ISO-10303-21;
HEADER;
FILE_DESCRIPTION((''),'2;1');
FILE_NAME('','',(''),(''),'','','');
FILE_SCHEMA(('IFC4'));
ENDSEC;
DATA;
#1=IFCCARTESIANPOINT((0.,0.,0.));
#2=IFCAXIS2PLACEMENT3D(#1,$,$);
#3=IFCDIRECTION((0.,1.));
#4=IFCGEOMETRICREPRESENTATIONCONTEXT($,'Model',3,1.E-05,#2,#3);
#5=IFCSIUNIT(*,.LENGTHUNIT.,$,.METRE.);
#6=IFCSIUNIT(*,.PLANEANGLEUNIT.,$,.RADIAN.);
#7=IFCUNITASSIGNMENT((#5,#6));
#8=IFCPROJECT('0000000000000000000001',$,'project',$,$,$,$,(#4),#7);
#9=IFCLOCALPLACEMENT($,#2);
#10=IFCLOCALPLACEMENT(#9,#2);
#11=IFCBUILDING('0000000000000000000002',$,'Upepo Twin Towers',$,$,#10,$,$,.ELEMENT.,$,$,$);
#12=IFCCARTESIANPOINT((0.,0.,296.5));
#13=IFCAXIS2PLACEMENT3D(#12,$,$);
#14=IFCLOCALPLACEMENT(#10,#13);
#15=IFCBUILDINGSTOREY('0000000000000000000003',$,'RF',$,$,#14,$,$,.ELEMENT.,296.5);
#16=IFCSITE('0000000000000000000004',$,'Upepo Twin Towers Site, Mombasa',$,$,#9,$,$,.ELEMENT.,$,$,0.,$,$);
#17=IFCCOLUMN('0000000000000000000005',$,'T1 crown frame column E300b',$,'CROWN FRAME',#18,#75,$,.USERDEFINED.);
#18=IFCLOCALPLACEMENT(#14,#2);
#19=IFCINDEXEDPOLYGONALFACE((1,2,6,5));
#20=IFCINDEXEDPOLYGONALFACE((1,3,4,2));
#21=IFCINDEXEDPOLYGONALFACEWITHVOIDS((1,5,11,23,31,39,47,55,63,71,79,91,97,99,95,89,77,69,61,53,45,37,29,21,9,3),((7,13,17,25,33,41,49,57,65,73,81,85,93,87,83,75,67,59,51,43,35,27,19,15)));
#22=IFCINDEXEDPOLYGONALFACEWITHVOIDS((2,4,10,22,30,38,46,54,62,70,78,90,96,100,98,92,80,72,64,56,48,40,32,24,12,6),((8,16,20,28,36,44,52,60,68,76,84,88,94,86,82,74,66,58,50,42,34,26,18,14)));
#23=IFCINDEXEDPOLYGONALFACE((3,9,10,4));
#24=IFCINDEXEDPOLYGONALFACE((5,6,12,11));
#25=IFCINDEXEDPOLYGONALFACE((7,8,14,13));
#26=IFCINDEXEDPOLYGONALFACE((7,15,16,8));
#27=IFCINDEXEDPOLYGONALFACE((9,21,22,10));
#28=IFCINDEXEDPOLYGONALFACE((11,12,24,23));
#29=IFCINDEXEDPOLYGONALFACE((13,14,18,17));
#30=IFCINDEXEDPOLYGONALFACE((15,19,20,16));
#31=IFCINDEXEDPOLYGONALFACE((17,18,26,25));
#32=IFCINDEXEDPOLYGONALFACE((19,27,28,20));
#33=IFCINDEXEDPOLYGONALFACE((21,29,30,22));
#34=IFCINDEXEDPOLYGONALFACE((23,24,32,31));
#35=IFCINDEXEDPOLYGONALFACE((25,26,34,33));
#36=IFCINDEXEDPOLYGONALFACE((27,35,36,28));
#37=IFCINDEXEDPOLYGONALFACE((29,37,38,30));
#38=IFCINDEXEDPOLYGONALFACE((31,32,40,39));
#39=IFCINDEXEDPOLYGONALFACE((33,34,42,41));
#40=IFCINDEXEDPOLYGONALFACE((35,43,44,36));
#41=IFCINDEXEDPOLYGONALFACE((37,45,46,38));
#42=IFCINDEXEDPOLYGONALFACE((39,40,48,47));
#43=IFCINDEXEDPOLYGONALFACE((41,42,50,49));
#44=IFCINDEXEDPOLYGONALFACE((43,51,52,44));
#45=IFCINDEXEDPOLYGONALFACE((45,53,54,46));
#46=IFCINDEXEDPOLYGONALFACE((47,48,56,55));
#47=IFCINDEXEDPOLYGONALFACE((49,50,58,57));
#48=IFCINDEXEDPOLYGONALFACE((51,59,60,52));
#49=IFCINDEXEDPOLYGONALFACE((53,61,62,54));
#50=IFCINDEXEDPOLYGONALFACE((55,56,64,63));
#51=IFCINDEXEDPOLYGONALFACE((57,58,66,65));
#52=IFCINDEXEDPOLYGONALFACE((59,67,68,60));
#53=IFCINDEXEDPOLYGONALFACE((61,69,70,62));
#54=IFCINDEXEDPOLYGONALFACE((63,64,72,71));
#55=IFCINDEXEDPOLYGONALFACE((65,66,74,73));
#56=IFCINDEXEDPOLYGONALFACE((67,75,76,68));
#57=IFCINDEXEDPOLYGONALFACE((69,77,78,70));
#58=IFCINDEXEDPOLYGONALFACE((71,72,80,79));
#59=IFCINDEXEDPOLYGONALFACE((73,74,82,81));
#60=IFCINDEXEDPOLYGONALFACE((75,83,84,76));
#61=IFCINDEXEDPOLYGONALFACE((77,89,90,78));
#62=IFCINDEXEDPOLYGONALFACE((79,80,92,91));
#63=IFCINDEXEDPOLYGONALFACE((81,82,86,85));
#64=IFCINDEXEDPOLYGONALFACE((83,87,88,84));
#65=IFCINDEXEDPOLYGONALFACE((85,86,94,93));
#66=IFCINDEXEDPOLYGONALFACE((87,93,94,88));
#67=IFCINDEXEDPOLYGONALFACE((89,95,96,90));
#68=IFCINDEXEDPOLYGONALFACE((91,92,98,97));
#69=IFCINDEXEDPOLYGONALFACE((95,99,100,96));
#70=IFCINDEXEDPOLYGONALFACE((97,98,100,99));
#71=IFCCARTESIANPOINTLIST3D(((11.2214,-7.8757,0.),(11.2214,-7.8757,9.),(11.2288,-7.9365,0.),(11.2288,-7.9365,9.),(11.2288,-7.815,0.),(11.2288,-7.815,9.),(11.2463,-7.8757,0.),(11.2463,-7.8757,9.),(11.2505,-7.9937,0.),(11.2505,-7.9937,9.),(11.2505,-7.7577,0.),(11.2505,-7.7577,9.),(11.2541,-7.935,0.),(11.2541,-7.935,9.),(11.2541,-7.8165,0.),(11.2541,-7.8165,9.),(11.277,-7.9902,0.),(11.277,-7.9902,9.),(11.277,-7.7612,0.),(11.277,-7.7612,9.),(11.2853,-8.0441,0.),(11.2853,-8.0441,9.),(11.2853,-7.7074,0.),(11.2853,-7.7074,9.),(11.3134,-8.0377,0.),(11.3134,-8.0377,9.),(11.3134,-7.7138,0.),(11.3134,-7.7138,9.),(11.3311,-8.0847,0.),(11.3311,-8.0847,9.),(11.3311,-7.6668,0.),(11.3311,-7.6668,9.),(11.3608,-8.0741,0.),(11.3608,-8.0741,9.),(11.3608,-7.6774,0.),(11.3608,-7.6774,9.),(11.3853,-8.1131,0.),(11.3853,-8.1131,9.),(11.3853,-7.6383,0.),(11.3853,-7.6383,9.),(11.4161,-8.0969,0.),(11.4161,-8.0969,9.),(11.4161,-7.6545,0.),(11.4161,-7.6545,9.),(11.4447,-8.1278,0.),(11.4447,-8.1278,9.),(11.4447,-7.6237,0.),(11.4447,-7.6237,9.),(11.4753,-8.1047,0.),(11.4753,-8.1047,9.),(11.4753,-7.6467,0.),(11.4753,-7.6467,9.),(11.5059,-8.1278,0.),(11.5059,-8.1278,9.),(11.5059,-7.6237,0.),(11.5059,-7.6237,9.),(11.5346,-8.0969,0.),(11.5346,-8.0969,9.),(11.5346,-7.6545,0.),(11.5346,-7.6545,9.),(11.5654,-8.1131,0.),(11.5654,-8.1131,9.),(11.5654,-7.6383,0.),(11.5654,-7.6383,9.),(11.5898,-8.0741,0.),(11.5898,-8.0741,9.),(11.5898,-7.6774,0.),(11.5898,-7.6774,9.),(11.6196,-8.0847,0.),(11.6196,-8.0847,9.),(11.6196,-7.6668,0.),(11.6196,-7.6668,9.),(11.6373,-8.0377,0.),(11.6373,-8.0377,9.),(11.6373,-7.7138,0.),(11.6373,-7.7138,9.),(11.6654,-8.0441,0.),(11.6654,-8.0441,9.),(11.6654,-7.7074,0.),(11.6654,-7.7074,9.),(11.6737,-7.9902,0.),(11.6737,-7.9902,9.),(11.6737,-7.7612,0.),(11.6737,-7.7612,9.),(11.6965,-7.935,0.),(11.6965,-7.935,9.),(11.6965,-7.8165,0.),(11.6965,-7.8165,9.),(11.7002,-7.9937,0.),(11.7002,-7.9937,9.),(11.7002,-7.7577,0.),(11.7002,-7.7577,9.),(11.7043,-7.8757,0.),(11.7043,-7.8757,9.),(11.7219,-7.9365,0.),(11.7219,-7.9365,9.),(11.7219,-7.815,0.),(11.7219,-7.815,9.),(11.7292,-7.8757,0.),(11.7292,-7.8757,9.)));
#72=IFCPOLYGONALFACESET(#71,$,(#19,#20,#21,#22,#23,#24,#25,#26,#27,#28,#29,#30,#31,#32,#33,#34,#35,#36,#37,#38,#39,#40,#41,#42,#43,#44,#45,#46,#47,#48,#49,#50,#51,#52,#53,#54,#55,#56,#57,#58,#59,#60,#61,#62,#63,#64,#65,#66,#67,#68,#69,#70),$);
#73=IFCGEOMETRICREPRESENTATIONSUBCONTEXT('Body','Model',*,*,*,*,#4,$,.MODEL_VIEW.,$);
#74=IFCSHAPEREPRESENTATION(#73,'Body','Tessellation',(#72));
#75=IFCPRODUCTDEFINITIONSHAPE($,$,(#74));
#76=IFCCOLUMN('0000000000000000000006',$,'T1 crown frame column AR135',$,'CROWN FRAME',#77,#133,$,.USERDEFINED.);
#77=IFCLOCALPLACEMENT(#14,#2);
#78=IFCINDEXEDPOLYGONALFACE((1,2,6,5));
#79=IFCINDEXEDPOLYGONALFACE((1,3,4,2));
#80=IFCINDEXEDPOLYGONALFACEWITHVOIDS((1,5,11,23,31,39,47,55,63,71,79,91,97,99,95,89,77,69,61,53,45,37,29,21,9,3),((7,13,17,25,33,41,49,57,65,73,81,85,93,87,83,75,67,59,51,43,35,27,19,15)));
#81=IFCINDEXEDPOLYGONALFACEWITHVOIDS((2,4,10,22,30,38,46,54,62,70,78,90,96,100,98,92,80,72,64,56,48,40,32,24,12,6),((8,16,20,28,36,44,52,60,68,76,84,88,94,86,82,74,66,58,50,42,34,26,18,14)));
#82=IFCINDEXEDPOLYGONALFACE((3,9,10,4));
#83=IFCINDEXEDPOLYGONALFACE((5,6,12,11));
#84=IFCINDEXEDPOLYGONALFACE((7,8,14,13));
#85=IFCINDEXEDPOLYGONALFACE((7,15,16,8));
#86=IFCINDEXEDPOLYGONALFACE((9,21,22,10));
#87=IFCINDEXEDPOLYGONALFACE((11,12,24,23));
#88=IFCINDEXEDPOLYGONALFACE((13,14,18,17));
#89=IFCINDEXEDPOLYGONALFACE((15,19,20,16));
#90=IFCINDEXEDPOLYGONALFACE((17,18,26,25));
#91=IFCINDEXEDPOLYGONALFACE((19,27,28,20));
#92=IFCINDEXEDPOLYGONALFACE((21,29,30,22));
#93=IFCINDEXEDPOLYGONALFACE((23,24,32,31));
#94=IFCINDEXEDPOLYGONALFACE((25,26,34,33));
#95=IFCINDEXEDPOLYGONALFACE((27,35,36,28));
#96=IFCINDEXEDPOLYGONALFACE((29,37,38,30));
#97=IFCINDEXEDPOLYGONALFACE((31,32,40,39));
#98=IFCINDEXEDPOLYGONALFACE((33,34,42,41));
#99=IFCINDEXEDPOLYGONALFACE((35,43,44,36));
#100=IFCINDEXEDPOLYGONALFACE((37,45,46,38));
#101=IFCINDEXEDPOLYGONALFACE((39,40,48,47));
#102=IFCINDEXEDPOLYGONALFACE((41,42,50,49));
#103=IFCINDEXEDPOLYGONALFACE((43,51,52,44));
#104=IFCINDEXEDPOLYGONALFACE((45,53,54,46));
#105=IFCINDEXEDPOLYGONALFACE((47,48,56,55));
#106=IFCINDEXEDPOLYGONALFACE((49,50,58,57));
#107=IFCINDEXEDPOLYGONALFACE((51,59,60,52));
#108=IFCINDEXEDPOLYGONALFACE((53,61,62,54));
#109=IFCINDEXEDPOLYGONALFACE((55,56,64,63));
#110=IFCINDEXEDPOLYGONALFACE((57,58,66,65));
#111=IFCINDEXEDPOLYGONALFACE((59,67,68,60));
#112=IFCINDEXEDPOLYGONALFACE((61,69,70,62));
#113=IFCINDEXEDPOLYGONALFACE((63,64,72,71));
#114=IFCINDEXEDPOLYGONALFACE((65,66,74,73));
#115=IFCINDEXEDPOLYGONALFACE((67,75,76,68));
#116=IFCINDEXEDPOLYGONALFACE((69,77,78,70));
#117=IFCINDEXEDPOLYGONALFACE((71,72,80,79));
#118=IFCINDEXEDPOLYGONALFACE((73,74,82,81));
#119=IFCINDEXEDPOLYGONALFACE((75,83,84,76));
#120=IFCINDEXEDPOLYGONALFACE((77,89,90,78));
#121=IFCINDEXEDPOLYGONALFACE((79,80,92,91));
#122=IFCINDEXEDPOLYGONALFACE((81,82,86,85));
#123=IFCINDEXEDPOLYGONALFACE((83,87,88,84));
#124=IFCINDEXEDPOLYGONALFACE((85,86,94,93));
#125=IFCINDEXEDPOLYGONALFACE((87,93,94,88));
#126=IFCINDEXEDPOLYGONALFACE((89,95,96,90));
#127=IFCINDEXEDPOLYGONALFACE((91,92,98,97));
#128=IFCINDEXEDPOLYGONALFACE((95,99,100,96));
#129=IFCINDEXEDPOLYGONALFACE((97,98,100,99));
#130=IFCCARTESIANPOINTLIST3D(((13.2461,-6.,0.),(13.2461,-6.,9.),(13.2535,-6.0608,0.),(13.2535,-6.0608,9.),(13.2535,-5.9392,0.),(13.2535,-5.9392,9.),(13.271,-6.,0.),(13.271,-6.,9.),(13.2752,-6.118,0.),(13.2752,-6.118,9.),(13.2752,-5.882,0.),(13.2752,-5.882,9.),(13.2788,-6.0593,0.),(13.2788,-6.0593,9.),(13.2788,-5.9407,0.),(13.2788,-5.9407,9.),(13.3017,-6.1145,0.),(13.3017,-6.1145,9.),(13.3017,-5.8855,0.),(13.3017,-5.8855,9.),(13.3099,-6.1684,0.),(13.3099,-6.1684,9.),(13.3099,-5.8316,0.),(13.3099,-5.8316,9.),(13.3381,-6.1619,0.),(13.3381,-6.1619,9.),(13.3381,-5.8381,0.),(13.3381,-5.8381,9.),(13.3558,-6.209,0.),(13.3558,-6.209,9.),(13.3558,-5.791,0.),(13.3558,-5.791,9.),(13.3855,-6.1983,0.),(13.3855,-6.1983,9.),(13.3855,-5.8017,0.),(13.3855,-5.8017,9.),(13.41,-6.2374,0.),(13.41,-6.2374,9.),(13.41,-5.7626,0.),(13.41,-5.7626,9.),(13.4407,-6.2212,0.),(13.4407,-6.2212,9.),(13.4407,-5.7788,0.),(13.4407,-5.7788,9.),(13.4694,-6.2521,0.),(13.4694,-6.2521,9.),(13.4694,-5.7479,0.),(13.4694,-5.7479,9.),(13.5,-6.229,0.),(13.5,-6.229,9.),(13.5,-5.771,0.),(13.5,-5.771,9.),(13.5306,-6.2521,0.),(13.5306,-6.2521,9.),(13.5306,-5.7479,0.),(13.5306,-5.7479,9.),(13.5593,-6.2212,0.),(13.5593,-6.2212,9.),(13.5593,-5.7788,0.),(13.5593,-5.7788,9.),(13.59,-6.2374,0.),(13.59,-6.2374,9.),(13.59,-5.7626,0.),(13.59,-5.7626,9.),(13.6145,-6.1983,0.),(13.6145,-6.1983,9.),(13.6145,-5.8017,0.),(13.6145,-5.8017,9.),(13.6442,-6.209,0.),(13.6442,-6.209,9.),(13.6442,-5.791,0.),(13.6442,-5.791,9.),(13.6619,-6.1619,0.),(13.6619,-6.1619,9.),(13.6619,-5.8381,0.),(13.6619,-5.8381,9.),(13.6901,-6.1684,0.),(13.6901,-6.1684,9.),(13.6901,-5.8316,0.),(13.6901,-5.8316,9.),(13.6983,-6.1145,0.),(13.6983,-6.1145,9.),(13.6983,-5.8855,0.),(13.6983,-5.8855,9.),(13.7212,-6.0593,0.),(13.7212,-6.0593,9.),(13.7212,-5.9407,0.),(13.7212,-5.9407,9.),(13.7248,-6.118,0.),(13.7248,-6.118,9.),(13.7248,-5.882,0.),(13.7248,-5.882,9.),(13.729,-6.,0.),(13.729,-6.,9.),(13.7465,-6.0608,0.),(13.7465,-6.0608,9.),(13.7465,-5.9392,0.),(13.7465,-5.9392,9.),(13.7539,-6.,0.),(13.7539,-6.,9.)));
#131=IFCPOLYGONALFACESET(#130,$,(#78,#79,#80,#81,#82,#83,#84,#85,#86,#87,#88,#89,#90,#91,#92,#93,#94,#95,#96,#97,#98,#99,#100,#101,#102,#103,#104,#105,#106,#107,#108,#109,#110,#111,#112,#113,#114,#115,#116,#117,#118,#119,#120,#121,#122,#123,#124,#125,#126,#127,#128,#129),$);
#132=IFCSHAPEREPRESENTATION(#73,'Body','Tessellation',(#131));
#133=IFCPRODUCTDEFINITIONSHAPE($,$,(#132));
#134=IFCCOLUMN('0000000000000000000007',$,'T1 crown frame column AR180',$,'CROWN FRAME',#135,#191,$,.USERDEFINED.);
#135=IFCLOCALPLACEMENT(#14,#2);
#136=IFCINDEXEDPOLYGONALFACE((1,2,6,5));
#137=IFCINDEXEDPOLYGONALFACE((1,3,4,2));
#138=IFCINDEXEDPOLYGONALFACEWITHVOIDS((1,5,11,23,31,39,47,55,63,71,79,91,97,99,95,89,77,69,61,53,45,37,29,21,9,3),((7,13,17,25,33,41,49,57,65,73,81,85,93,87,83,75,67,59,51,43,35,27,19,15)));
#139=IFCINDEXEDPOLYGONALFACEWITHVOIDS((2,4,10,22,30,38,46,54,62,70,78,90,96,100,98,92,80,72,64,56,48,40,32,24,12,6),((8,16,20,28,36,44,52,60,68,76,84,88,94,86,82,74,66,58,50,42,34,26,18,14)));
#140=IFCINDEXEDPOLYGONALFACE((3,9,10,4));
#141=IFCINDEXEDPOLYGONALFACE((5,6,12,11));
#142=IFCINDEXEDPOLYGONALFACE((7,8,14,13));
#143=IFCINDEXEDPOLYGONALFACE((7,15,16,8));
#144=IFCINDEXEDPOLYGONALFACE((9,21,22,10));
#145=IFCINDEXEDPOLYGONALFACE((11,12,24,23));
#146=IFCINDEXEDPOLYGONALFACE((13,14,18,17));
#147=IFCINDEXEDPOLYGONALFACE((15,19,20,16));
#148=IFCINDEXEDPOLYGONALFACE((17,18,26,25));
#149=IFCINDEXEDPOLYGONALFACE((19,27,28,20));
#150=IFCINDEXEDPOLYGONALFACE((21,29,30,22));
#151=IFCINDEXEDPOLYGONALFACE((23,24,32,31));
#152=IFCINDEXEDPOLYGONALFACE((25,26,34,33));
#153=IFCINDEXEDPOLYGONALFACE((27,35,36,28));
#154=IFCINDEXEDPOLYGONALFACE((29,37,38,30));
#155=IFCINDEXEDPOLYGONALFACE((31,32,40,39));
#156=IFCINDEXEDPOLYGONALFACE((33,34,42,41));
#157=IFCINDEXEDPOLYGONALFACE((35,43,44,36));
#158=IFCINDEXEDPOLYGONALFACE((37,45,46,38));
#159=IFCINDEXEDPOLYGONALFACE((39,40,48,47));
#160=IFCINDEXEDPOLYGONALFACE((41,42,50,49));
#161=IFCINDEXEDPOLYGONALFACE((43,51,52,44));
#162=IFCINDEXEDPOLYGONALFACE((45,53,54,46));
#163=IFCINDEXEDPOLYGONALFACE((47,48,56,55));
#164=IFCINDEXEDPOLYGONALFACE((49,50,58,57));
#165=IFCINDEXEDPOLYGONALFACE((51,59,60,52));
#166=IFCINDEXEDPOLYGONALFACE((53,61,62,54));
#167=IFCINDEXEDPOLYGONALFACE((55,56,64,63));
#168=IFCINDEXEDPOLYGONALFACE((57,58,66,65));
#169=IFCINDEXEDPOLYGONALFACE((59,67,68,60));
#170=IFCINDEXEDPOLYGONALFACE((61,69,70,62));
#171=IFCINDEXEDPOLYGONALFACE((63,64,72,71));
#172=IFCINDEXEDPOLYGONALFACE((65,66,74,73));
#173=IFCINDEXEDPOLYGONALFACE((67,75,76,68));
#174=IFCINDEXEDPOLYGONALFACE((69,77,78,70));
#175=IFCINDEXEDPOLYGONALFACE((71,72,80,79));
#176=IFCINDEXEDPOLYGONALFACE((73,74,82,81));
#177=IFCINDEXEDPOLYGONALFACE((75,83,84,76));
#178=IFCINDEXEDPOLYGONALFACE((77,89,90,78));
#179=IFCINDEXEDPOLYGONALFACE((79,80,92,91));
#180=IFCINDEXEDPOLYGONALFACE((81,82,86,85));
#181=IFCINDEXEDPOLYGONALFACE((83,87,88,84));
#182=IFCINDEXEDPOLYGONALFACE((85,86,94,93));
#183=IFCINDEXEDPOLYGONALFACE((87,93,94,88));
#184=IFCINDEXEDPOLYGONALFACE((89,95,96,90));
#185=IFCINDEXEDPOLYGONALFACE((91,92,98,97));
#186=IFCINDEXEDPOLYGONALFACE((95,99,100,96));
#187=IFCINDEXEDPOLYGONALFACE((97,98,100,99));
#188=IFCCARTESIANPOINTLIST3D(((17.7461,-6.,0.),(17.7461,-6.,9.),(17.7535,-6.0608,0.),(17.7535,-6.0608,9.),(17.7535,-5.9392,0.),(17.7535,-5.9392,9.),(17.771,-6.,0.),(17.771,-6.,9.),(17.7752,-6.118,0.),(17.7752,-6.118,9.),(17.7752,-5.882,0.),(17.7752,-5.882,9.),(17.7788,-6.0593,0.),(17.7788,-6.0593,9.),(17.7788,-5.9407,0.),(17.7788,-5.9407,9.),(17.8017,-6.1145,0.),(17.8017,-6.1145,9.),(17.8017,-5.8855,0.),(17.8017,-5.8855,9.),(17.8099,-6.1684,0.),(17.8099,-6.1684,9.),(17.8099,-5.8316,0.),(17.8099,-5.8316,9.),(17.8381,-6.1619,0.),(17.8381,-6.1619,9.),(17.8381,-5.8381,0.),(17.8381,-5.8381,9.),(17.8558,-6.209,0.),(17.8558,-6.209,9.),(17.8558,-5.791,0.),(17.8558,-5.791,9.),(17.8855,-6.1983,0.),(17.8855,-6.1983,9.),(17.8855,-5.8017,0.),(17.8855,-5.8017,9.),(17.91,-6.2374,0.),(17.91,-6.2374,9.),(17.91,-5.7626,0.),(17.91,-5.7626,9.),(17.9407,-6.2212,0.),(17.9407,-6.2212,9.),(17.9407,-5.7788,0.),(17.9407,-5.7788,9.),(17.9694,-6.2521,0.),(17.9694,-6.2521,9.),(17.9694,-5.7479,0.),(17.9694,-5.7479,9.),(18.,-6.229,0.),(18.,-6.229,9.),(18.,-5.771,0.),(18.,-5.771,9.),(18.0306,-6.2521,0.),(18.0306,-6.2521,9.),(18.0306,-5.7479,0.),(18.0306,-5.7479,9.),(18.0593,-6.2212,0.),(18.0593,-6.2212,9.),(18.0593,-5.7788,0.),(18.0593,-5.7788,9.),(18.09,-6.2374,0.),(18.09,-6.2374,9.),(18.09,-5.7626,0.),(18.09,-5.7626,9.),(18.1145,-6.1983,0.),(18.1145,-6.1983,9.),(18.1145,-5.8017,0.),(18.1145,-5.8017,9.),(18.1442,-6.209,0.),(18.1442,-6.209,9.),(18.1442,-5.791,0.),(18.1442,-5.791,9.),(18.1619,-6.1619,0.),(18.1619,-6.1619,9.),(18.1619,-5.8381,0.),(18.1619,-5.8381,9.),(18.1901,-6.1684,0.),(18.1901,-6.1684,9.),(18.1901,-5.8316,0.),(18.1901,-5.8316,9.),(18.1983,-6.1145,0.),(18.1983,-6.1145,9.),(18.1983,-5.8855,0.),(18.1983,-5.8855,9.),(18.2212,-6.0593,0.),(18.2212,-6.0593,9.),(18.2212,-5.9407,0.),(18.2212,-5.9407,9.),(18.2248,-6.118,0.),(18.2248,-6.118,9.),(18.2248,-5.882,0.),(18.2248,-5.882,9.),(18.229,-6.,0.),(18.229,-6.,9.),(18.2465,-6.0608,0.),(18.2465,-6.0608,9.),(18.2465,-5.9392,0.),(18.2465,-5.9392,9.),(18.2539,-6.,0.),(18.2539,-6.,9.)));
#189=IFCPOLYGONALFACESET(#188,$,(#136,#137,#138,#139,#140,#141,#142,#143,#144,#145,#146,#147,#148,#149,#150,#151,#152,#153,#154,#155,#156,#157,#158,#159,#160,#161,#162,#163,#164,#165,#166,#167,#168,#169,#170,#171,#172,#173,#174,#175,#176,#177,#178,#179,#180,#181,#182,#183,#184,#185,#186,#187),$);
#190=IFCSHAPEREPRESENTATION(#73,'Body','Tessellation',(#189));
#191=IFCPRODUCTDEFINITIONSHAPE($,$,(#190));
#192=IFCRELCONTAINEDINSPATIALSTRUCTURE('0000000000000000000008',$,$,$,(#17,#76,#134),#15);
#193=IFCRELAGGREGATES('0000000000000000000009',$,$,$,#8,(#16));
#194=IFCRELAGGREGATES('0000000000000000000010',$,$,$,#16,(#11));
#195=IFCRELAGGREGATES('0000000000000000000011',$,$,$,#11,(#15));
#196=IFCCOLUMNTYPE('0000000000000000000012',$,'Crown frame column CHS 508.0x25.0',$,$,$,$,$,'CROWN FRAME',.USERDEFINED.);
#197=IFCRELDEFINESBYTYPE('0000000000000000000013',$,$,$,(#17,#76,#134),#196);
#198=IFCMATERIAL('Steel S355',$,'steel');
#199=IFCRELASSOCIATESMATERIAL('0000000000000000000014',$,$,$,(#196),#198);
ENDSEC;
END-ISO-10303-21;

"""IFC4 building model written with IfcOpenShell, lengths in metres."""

from ifc_helpers import new_model, si_unit, direction, frame, origin, origin_2d, place, context, subcontext, project, spatial, hollow_circle, extrude, material, material_profile, profile_set, type_object, element, save


model = new_model("IFC4")

# Units and contexts
model_context = context("Model", 3, precision=1e-05, world=origin(), true_north=direction((0.0, 1.0)))
body_context = subcontext(model_context, "Body", "Model", "MODEL_VIEW")
ifc_project = project(units=[si_unit("LENGTHUNIT", "METRE"), si_unit("PLANEANGLEUNIT", "RADIAN")], contexts=[model_context])

# Site, building, storey
site_placement = place(None, origin())
site = spatial("IfcSite", under=ifc_project, at=site_placement, Name="Upepo Twin Towers Site, Mombasa", CompositionType="ELEMENT", RefElevation=0.0)
building_placement = place(site_placement, origin())
building = spatial("IfcBuilding", under=site, at=building_placement, Name="Upepo Twin Towers", CompositionType="ELEMENT")
storey_placement = place(building_placement, frame((0.0, 0.0, 296.5)))
storey = spatial("IfcBuildingStorey", under=building, at=storey_placement, Name="RF", CompositionType="ELEMENT", Elevation=296.5)

# Columns
ifc_material_1 = material(Name="Steel S355", Category="steel")
ifc_material_profile_1 = material_profile(ifc_material_1, hollow_circle(Radius=0.2539, WallThickness=0.0249, at=origin_2d()), Name="CHS 508.0x25.0")
ifc_profile_set_1 = profile_set([ifc_material_profile_1], Name="Steel S355")
column_type = type_object("IfcColumnType", Name="Crown frame column CHS 508.0x25.0", ElementType="CROWN FRAME", PredefinedType="USERDEFINED", material=ifc_profile_set_1)
for number, where, z_axis, x_axis, name in (
    (1, (11.4753, -7.8757, 0.0), (0.0, 0.0, 1.0), (1.0, 0.0, 0.0), "T1 crown frame column E300b"),
    (2, (13.5, -6.0, 0.0), (0.0, 0.0, 1.0), (1.0, 0.0, 0.0), "T1 crown frame column AR135"),
    (3, (18.0, -6.0, 0.0), (0.0, 0.0, 1.0), (1.0, 0.0, 0.0), "T1 crown frame column AR180"),
):
    element("IfcColumn", number, at=place(storey_placement, frame(where, z_axis=z_axis, x_axis=x_axis)), inside=storey, type_object=column_type, Name=name, ObjectType="CROWN FRAME", PredefinedType="USERDEFINED", context=body_context, shape_type="SweptSolid", body=[
        extrude(hollow_circle(Radius=0.2539, WallThickness=0.0249, at=origin_2d()), origin(), (0.0, 0.0, 1.0), 9.0),
    ])

save(model, "model.ifc")
